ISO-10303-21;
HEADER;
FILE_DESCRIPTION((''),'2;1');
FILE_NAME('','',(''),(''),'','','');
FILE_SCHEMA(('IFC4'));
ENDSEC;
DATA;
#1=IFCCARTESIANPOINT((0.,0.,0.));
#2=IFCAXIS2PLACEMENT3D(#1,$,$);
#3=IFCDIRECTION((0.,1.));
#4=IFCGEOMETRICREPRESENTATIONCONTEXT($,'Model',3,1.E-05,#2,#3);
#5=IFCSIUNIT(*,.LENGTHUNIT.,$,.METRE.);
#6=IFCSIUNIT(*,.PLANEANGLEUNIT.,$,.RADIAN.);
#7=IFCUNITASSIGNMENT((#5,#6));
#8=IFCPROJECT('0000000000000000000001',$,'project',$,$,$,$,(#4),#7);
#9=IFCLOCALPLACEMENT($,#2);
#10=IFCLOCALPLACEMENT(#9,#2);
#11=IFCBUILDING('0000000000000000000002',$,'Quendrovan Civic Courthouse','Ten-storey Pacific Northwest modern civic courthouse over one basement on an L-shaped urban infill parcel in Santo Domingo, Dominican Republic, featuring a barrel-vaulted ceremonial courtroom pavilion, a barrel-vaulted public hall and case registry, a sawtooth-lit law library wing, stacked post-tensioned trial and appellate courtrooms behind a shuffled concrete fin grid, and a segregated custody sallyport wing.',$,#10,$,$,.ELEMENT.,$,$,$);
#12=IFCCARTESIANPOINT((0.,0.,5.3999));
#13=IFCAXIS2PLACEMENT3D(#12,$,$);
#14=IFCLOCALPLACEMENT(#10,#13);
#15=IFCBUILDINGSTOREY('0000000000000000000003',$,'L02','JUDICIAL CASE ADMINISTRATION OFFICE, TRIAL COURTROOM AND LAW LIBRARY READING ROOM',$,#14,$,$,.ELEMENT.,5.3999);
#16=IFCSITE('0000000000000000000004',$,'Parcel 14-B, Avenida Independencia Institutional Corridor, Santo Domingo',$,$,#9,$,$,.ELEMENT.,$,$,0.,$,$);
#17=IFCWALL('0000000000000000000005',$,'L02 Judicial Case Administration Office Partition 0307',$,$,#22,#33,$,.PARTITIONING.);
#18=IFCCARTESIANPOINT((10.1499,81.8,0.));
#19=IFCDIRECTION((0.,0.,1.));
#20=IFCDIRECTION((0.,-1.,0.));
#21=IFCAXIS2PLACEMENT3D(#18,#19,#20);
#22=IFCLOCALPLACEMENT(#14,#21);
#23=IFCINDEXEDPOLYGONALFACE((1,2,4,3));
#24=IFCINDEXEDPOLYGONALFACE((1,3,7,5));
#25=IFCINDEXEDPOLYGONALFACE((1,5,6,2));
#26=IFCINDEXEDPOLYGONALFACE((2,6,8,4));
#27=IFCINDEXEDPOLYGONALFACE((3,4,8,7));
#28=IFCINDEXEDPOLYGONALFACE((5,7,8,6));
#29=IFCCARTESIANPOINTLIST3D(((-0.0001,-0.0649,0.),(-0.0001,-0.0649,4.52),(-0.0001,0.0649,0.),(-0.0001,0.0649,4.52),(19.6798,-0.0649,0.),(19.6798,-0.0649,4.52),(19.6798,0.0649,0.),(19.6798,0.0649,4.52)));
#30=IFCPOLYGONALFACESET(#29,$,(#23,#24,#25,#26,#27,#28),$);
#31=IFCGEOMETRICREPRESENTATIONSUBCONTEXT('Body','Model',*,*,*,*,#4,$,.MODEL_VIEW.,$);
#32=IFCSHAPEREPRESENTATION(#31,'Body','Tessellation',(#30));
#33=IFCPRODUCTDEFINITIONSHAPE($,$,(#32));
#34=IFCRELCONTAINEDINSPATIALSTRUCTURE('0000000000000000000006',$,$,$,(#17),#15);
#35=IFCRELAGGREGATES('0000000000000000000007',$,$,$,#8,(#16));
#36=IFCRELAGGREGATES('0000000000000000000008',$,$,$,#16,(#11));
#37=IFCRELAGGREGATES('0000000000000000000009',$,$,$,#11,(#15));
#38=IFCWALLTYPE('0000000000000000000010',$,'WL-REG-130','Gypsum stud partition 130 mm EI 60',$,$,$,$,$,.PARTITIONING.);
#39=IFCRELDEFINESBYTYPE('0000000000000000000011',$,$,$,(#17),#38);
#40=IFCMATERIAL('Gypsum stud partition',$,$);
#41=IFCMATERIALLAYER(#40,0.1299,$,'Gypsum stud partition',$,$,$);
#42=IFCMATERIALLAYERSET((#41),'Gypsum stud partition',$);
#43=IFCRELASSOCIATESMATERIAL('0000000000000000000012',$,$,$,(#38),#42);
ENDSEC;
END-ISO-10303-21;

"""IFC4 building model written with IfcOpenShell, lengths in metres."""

from ifc_helpers import new_model, si_unit, direction, frame, frame_2d, origin, place, context, subcontext, project, spatial, rectangle, extrude, material, layer, layer_set, type_object, element, save


model = new_model("IFC4")

# Units and contexts
model_context = context("Model", 3, precision=1e-05, world=origin(), true_north=direction((0.0, 1.0)))
body_context = subcontext(model_context, "Body", "Model", "MODEL_VIEW")
ifc_project = project(units=[si_unit("LENGTHUNIT", "METRE"), si_unit("PLANEANGLEUNIT", "RADIAN")], contexts=[model_context])

# Site, building, storey
site_placement = place(None, origin())
site = spatial("IfcSite", under=ifc_project, at=site_placement, Name="Parcel 14-B, Avenida Independencia Institutional Corridor, Santo Domingo", CompositionType="ELEMENT", RefElevation=0.0)
building_placement = place(site_placement, origin())
building = spatial("IfcBuilding", under=site, at=building_placement, Name="Quendrovan Civic Courthouse", Description="Ten-storey Pacific Northwest modern civic courthouse over one basement on an L-shaped urban infill parcel in Santo Domingo, Dominican Republic, featuring a barrel-vaulted ceremonial courtroom pavilion, a barrel-vaulted public hall and case registry, a sawtooth-lit law library wing, stacked post-tensioned trial and appellate courtrooms behind a shuffled concrete fin grid, and a segregated custody sallyport wing.", CompositionType="ELEMENT")
storey_placement = place(building_placement, frame((0.0, 0.0, 5.3999)))
storey = spatial("IfcBuildingStorey", under=building, at=storey_placement, Name="L02", Description="JUDICIAL CASE ADMINISTRATION OFFICE, TRIAL COURTROOM AND LAW LIBRARY READING ROOM", CompositionType="ELEMENT", Elevation=5.3999)

# Wall
ifc_material_1 = material(Name="Gypsum stud partition")
ifc_layer_1 = layer(ifc_material_1, 0.1299, Name="Gypsum stud partition")
ifc_layer_set_1 = layer_set([ifc_layer_1], Name="Gypsum stud partition")
wall_type_1 = type_object("IfcWallType", Name="WL-REG-130", Description="Gypsum stud partition 130 mm EI 60", PredefinedType="PARTITIONING", material=ifc_layer_set_1)
wall_1_placement = place(storey_placement, frame((10.1499, 81.8, 0.0), z_axis=(0.0, 0.0, 1.0), x_axis=(0.0, -1.0, 0.0)))
element("IfcWall", 1, at=wall_1_placement, inside=storey, type_object=wall_type_1, Name="L02 Judicial Case Administration Office Partition 0307", PredefinedType="PARTITIONING", context=body_context, shape_type="SweptSolid", body=[
    extrude(rectangle(XDim=19.6799, YDim=0.1299, at=frame_2d((9.8398, 0.0))), origin(), (0.0, 0.0, 1.0), 4.52),
])

save(model, "model.ifc")
